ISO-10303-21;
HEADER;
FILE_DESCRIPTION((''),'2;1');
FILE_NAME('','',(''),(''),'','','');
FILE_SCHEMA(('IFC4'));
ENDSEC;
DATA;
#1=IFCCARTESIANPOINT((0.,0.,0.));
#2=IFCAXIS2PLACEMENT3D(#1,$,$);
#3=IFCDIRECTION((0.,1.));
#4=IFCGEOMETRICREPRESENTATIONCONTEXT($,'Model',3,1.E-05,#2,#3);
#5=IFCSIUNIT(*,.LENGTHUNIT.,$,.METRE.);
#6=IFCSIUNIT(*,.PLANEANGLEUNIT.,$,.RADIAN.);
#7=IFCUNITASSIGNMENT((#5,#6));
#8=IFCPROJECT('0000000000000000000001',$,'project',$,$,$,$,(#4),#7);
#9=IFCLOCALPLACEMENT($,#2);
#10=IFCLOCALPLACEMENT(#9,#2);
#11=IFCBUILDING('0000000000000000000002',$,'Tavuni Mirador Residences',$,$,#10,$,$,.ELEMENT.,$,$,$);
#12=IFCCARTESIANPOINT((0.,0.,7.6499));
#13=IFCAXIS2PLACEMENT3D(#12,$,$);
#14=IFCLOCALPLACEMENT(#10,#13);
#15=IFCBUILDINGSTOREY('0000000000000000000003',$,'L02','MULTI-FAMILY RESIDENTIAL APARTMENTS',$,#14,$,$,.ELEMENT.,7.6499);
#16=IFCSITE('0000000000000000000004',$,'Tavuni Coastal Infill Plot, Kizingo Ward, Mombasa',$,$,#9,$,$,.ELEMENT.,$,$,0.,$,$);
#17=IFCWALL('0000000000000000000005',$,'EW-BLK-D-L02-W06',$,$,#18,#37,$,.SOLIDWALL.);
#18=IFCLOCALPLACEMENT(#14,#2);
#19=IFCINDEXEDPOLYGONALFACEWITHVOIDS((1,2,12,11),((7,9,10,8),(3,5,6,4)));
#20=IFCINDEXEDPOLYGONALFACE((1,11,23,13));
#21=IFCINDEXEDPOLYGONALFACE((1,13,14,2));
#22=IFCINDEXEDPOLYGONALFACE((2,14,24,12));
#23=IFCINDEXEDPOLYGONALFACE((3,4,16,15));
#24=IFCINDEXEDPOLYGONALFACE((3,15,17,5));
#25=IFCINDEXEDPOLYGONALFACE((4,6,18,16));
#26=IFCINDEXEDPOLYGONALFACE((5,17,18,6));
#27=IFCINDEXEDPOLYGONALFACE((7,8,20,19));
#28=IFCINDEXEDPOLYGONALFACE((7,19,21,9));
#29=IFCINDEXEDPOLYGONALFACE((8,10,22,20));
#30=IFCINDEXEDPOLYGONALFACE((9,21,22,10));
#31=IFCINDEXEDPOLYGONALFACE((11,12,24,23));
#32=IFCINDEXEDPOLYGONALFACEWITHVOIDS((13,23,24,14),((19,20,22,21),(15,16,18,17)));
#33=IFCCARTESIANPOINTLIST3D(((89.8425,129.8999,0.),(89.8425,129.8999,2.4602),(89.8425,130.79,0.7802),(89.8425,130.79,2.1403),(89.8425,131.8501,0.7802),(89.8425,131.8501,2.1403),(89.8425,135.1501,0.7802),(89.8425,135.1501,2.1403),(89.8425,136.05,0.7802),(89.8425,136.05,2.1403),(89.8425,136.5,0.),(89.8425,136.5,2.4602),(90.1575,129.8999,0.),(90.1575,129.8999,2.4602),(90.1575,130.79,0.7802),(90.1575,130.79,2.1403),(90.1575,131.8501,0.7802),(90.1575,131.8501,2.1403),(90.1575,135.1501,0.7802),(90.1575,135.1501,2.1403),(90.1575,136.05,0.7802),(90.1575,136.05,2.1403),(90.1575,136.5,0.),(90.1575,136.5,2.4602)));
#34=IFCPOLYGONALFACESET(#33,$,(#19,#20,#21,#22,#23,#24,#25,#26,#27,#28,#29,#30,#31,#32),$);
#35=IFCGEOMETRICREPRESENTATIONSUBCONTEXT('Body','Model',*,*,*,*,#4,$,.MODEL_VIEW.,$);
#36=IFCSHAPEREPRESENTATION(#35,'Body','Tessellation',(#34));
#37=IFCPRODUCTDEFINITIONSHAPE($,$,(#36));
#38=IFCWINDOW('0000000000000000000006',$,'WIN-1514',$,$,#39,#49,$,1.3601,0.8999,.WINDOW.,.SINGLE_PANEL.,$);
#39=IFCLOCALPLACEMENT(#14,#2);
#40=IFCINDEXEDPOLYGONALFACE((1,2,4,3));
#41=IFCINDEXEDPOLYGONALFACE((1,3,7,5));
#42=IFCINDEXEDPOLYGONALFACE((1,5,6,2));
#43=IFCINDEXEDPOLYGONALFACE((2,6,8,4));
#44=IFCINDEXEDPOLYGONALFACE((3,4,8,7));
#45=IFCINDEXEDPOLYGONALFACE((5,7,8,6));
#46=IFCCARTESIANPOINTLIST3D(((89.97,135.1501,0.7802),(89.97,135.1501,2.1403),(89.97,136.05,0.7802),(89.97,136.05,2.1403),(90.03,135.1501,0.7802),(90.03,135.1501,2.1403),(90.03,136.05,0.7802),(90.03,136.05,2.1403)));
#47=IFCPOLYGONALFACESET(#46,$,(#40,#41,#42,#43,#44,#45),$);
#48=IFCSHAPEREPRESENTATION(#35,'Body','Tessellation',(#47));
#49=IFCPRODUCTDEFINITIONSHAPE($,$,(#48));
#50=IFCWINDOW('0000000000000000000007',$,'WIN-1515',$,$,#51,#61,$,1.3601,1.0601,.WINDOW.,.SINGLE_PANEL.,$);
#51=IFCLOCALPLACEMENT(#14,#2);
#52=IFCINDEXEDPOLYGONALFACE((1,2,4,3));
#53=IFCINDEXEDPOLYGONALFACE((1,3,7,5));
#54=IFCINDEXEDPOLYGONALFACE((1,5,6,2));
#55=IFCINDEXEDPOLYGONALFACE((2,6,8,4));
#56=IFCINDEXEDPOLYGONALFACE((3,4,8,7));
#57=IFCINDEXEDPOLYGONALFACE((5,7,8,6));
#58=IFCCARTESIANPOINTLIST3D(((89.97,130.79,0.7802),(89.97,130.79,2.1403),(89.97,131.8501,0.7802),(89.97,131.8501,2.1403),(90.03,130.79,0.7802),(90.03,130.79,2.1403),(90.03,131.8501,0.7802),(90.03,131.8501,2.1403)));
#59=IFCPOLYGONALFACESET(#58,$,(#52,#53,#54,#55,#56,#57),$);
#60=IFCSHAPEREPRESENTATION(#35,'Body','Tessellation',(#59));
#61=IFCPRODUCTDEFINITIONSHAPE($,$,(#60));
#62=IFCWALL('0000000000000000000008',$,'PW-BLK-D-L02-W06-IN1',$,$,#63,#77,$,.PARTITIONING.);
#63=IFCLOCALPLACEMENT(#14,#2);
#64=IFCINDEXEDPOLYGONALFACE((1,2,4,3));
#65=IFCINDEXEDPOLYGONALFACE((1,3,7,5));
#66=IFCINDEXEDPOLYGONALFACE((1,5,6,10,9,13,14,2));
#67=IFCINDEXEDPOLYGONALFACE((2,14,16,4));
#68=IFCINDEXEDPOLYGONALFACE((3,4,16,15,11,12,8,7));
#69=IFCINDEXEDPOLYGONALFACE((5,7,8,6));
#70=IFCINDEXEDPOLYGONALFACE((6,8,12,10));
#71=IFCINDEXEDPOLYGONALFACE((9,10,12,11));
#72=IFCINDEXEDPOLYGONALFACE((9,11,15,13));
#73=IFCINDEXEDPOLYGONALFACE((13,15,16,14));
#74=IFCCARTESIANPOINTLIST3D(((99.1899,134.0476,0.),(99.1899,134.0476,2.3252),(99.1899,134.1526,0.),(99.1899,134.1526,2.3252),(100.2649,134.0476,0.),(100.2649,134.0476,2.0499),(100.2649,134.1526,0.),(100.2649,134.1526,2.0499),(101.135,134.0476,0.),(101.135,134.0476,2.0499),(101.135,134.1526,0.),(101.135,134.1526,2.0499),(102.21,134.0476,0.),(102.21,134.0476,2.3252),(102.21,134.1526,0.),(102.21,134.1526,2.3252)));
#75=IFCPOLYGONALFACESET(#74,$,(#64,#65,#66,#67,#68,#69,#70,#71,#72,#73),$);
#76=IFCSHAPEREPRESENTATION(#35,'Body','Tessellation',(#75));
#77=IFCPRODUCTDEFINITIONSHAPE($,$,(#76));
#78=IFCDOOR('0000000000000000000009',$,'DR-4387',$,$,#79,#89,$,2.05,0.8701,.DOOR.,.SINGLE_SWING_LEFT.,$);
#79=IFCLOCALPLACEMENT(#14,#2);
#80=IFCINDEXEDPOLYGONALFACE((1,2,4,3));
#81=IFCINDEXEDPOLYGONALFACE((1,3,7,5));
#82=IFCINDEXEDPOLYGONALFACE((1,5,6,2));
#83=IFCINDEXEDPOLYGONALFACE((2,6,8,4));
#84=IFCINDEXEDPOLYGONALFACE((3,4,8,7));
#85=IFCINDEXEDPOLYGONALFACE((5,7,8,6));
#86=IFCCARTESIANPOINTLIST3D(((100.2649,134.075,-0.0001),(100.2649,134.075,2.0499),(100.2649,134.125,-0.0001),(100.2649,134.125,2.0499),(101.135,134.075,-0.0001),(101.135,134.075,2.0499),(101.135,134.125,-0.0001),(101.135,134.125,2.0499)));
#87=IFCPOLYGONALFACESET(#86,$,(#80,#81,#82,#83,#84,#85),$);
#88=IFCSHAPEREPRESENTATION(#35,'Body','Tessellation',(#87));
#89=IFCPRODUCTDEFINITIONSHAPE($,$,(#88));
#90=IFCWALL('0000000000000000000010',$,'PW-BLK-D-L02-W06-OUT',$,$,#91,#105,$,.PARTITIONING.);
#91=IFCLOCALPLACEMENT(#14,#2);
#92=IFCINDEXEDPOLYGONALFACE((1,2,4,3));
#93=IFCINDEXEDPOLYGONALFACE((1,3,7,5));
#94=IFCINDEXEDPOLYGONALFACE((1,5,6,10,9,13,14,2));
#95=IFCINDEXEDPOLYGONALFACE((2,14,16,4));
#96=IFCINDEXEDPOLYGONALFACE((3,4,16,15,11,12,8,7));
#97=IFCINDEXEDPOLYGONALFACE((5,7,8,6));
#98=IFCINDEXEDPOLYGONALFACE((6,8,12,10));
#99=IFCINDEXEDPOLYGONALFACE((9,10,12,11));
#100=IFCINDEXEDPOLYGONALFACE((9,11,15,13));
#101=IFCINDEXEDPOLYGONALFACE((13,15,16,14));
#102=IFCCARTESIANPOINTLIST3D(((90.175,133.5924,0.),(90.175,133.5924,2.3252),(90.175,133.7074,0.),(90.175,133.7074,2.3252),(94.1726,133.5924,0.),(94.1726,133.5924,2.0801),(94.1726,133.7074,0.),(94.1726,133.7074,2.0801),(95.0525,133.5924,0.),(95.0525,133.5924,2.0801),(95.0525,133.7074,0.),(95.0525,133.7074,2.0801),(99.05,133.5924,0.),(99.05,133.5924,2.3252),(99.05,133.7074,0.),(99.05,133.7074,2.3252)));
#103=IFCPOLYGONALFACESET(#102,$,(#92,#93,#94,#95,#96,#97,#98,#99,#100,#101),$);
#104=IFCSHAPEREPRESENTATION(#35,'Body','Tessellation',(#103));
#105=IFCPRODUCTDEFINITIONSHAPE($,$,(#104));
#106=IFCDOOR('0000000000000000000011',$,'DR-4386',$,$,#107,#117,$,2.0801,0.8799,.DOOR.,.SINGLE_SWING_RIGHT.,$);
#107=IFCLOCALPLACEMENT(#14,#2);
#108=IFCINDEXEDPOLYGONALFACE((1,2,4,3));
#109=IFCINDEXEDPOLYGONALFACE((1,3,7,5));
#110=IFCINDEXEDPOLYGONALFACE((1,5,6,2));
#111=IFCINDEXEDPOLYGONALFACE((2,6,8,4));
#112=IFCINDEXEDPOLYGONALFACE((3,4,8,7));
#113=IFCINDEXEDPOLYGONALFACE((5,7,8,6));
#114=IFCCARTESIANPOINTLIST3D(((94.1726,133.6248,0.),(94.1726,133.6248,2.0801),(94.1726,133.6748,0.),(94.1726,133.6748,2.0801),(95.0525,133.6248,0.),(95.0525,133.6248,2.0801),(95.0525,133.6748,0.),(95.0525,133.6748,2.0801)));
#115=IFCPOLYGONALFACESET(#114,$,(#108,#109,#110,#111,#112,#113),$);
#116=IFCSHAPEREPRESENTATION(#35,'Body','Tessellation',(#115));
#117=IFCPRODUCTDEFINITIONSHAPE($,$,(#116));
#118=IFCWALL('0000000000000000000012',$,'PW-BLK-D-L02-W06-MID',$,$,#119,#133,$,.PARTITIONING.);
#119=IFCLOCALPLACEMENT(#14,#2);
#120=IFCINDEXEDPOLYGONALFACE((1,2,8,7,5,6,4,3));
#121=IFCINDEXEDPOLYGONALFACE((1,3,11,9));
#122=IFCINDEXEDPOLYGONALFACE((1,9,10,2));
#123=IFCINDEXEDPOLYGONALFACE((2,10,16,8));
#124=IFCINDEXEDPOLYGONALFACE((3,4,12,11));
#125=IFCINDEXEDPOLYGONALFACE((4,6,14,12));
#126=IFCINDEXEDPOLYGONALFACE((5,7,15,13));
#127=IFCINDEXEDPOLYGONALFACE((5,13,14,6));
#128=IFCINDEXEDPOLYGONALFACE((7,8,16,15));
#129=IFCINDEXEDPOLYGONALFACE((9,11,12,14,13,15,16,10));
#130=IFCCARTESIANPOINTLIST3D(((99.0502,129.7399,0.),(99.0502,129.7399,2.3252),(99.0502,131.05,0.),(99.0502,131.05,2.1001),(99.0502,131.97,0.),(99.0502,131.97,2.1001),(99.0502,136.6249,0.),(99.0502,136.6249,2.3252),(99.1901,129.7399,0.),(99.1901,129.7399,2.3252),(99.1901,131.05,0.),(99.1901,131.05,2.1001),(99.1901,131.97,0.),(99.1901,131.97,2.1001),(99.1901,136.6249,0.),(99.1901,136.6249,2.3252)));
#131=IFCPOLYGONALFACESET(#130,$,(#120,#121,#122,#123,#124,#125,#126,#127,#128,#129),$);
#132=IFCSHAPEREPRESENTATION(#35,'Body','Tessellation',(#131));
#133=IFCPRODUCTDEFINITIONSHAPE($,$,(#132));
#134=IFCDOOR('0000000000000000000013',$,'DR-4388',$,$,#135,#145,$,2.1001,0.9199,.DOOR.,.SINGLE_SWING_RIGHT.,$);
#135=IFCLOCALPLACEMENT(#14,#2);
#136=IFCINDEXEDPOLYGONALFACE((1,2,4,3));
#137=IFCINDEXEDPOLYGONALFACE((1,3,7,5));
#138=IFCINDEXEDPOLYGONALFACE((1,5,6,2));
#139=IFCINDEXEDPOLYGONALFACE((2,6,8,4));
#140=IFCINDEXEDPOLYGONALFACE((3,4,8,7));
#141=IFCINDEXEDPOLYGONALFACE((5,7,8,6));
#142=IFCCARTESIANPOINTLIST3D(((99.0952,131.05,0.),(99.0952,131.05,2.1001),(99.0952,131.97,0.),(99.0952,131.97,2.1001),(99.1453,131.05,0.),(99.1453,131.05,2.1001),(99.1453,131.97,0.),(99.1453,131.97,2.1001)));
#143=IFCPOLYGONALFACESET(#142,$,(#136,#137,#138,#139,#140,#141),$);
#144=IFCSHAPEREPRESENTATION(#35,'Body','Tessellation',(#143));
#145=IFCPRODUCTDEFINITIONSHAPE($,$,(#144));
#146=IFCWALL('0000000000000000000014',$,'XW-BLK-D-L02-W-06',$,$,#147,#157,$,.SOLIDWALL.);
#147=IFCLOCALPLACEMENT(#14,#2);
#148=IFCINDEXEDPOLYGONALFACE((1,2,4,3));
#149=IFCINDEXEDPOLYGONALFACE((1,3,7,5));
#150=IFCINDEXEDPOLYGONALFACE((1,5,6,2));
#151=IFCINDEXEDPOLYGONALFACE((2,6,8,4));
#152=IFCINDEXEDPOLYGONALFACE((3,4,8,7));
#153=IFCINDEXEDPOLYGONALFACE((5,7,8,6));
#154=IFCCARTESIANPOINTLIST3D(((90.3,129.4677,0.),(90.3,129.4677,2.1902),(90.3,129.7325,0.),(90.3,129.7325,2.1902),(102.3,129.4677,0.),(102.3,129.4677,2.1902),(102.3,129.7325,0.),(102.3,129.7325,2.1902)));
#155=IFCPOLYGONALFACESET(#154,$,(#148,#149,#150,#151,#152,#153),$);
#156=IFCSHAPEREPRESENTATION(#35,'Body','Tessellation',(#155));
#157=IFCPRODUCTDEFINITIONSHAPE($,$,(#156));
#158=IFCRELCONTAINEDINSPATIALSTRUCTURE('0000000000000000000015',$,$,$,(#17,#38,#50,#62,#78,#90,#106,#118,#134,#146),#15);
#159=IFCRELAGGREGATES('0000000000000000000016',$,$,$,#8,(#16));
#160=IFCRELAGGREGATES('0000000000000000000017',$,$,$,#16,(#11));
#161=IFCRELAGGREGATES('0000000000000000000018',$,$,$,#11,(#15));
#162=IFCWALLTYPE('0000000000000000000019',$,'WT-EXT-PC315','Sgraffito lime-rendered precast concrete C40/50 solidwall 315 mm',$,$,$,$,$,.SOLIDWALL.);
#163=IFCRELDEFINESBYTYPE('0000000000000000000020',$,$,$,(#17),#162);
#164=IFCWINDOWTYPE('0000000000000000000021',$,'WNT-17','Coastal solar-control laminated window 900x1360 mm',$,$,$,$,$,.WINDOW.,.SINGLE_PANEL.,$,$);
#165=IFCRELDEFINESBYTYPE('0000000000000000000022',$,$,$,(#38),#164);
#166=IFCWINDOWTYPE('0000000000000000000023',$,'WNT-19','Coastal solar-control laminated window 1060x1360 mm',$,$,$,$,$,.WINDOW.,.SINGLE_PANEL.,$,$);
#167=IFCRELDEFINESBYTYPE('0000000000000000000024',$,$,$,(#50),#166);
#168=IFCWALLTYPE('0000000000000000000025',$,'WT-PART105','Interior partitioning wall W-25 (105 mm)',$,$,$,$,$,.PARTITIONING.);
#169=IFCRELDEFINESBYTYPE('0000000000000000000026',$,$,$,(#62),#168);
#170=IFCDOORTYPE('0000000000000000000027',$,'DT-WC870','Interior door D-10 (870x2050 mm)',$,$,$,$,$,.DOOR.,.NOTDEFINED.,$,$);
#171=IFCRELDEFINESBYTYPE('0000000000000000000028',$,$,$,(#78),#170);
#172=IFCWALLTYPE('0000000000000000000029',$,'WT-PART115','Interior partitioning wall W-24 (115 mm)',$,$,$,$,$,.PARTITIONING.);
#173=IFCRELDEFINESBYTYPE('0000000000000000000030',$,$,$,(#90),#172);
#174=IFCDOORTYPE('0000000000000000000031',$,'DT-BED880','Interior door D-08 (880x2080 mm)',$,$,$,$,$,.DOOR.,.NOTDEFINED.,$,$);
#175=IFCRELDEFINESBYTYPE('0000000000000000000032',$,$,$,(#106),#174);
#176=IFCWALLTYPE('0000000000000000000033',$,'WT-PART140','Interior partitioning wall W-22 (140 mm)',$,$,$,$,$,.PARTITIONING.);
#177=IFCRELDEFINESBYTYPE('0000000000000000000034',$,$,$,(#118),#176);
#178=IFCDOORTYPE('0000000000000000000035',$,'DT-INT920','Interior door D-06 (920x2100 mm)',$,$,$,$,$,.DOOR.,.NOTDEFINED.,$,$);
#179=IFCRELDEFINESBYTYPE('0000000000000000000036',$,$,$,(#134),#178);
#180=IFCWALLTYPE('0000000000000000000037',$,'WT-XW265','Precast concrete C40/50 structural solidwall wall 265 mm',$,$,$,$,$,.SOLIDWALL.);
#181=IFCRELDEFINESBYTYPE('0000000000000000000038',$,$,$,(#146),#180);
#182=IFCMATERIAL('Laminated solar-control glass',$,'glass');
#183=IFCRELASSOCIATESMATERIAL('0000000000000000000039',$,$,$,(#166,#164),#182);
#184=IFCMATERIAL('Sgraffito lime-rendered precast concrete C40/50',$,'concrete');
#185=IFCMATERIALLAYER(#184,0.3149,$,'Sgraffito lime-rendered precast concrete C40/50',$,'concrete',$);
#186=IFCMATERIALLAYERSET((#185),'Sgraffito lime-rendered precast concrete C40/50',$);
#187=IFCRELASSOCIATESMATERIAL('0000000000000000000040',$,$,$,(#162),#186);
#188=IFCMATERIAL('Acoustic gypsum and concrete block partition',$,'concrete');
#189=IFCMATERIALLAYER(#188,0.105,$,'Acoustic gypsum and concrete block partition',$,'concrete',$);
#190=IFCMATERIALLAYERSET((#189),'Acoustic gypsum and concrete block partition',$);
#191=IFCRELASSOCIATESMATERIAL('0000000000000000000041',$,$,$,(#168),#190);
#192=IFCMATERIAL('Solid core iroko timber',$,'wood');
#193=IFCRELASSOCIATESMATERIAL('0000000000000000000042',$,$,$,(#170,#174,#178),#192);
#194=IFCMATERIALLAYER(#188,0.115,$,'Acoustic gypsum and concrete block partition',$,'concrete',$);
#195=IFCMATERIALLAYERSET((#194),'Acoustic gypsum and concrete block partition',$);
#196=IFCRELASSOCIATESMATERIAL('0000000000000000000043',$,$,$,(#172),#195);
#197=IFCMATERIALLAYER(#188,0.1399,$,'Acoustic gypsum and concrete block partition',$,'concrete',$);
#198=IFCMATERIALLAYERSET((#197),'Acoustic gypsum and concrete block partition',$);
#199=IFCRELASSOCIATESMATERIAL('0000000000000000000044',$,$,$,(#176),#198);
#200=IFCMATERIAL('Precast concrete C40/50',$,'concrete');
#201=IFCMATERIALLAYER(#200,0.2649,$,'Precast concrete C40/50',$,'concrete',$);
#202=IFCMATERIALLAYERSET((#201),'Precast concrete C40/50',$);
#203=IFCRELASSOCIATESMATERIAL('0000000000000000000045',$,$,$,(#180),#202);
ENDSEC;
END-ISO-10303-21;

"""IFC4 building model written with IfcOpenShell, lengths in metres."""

from ifc_helpers import new_model, si_unit, direction, frame, frame_2d, origin, place, context, subcontext, project, spatial, rectangle, extrude, material, layer, layer_set, type_object, element, fill, save


model = new_model("IFC4")

# Units and contexts
model_context = context("Model", 3, precision=1e-05, world=origin(), true_north=direction((0.0, 1.0)))
body_context = subcontext(model_context, "Body", "Model", "MODEL_VIEW")
ifc_project = project(units=[si_unit("LENGTHUNIT", "METRE"), si_unit("PLANEANGLEUNIT", "RADIAN")], contexts=[model_context])

# Site, building, storey
site_placement = place(None, origin())
site = spatial("IfcSite", under=ifc_project, at=site_placement, Name="Tavuni Coastal Infill Plot, Kizingo Ward, Mombasa", CompositionType="ELEMENT", RefElevation=0.0)
building_placement = place(site_placement, origin())
building = spatial("IfcBuilding", under=site, at=building_placement, Name="Tavuni Mirador Residences", CompositionType="ELEMENT")
storey_placement = place(building_placement, frame((0.0, 0.0, 7.6499)))
storey = spatial("IfcBuildingStorey", under=building, at=storey_placement, Name="L02", Description="MULTI-FAMILY RESIDENTIAL APARTMENTS", CompositionType="ELEMENT", Elevation=7.6499)

# Shared definitions
ifc_material_1 = material(Name="Precast concrete C40/50", Category="concrete")

# Wall, openings, windows
ifc_material_2 = material(Name="Laminated solar-control glass", Category="glass")
window_type_1 = type_object("IfcWindowType", Name="WNT-19", Description="Coastal solar-control laminated window 1060x1360 mm", PartitioningType="SINGLE_PANEL", PredefinedType="WINDOW", material=ifc_material_2)
ifc_material_3 = material(Name="Sgraffito lime-rendered precast concrete C40/50", Category="concrete")
ifc_layer_1 = layer(ifc_material_3, 0.3149, Name="Sgraffito lime-rendered precast concrete C40/50", Category="concrete")
ifc_layer_set_1 = layer_set([ifc_layer_1], Name="Sgraffito lime-rendered precast concrete C40/50")
wall_type_1 = type_object("IfcWallType", Name="WT-EXT-PC315", Description="Sgraffito lime-rendered precast concrete C40/50 solidwall 315 mm", PredefinedType="SOLIDWALL", material=ifc_layer_set_1)
wall_1_placement = place(storey_placement, frame((90.0, 136.5, 0.0), z_axis=(0.0, 0.0, 1.0), x_axis=(0.0, -1.0, 0.0)))
wall_1 = element("IfcWall", 1, at=wall_1_placement, inside=storey, type_object=wall_type_1, Name="EW-BLK-D-L02-W06", PredefinedType="SOLIDWALL", context=body_context, shape_type="SweptSolid", body=[
    extrude(rectangle(XDim=6.6001, YDim=0.3149, at=frame_2d((3.3, 0.0))), origin(), (0.0, 0.0, 1.0), 2.4602),
])
opening_1_placement = place(wall_1_placement, frame((0.45, 0.0, 0.78)))
opening_1 = element("IfcOpeningElement", 2, at=opening_1_placement, cuts=wall_1, PredefinedType="OPENING", context=body_context, shape_type="SweptSolid", body=[
    extrude(rectangle(XDim=0.8999, YDim=1.3601, at=frame_2d((0.45, 0.6802))), frame((0.0, 0.1675, 0.0), z_axis=(0.0, -1.0, 0.0), x_axis=(1.0, 0.0, 0.0)), (0.0, 0.0, 1.0), 0.335),
])
opening_2_placement = place(wall_1_placement, frame((4.6499, 0.0, 0.78)))
opening_2 = element("IfcOpeningElement", 3, at=opening_2_placement, cuts=wall_1, PredefinedType="OPENING", context=body_context, shape_type="SweptSolid", body=[
    extrude(rectangle(XDim=1.0601, YDim=1.3601, at=frame_2d((0.53, 0.6802))), frame((0.0, 0.1675, 0.0), z_axis=(0.0, -1.0, 0.0), x_axis=(1.0, 0.0, 0.0)), (0.0, 0.0, 1.0), 0.335),
])
window_type_2 = type_object("IfcWindowType", Name="WNT-17", Description="Coastal solar-control laminated window 900x1360 mm", PartitioningType="SINGLE_PANEL", PredefinedType="WINDOW", material=ifc_material_2)
window_1_placement = place(opening_1_placement, origin())
window_1 = element("IfcWindow", 4, at=window_1_placement, inside=storey, type_object=window_type_2, Name="WIN-1514", OverallHeight=1.3601, OverallWidth=0.8999, PartitioningType="SINGLE_PANEL", PredefinedType="WINDOW", context=body_context, shape_type="SweptSolid", body=[
    extrude(rectangle(XDim=0.8999, YDim=1.3601, at=frame_2d((0.45, 0.6802))), frame((0.0, 0.03, 0.0), z_axis=(0.0, -1.0, 0.0), x_axis=(1.0, 0.0, 0.0)), (0.0, 0.0, 1.0), 0.0601),
])
fill(opening_1, window_1)
window_2_placement = place(opening_2_placement, origin())
window_2 = element("IfcWindow", 5, at=window_2_placement, inside=storey, type_object=window_type_1, Name="WIN-1515", OverallHeight=1.3601, OverallWidth=1.0601, PartitioningType="SINGLE_PANEL", PredefinedType="WINDOW", context=body_context, shape_type="SweptSolid", body=[
    extrude(rectangle(XDim=1.0601, YDim=1.3601, at=frame_2d((0.53, 0.6802))), frame((0.0, 0.03, 0.0), z_axis=(0.0, -1.0, 0.0), x_axis=(1.0, 0.0, 0.0)), (0.0, 0.0, 1.0), 0.0601),
])
fill(opening_2, window_2)

# Walls, openings, doors
ifc_material_4 = material(Name="Acoustic gypsum and concrete block partition", Category="concrete")
ifc_layer_2 = layer(ifc_material_4, 0.105, Name="Acoustic gypsum and concrete block partition", Category="concrete")
ifc_layer_set_2 = layer_set([ifc_layer_2], Name="Acoustic gypsum and concrete block partition")
wall_type_2 = type_object("IfcWallType", Name="WT-PART105", Description="Interior partitioning wall W-25 (105 mm)", PredefinedType="PARTITIONING", material=ifc_layer_set_2)
wall_2_placement = place(storey_placement, frame((99.1899, 134.1001, 0.0), z_axis=(0.0, 0.0, 1.0), x_axis=(1.0, 0.0, 0.0)))
wall_2 = element("IfcWall", 6, at=wall_2_placement, inside=storey, type_object=wall_type_2, Name="PW-BLK-D-L02-W06-IN1", PredefinedType="PARTITIONING", context=body_context, shape_type="SweptSolid", body=[
    extrude(rectangle(XDim=3.02, YDim=0.105, at=frame_2d((1.51, 0.0))), origin(), (0.0, 0.0, 1.0), 2.3252),
])
opening_3_placement = place(wall_2_placement, frame((1.075, 0.0, 0.0)))
opening_3 = element("IfcOpeningElement", 7, at=opening_3_placement, cuts=wall_2, PredefinedType="OPENING", context=body_context, shape_type="SweptSolid", body=[
    extrude(rectangle(XDim=0.8701, YDim=2.05, at=frame_2d((0.4351, 1.0249))), frame((0.0, 0.0625, 0.0), z_axis=(0.0, -1.0, 0.0), x_axis=(1.0, 0.0, 0.0)), (0.0, 0.0, 1.0), 0.125),
])
ifc_material_5 = material(Name="Solid core iroko timber", Category="wood")
door_type_1 = type_object("IfcDoorType", Name="DT-WC870", Description="Interior door D-10 (870x2050 mm)", OperationType="NOTDEFINED", PredefinedType="DOOR", material=ifc_material_5)
door_1_placement = place(opening_3_placement, origin())
door_1 = element("IfcDoor", 8, at=door_1_placement, inside=storey, type_object=door_type_1, Name="DR-4387", OperationType="SINGLE_SWING_LEFT", OverallHeight=2.05, OverallWidth=0.8701, PredefinedType="DOOR", context=body_context, shape_type="SweptSolid", body=[
    extrude(rectangle(XDim=0.8701, YDim=2.05, at=frame_2d((0.4351, 1.0249))), frame((0.0, 0.0249, 0.0), z_axis=(0.0, -1.0, 0.0), x_axis=(1.0, 0.0, 0.0)), (0.0, 0.0, 1.0), 0.05),
])
fill(opening_3, door_1)
ifc_layer_3 = layer(ifc_material_4, 0.115, Name="Acoustic gypsum and concrete block partition", Category="concrete")
ifc_layer_set_3 = layer_set([ifc_layer_3], Name="Acoustic gypsum and concrete block partition")
wall_type_3 = type_object("IfcWallType", Name="WT-PART115", Description="Interior partitioning wall W-24 (115 mm)", PredefinedType="PARTITIONING", material=ifc_layer_set_3)
wall_3_placement = place(storey_placement, frame((90.175, 133.6499, 0.0), z_axis=(0.0, 0.0, 1.0), x_axis=(1.0, 0.0, 0.0)))
wall_3 = element("IfcWall", 9, at=wall_3_placement, inside=storey, type_object=wall_type_3, Name="PW-BLK-D-L02-W06-OUT", PredefinedType="PARTITIONING", context=body_context, shape_type="SweptSolid", body=[
    extrude(rectangle(XDim=8.875, YDim=0.115, at=frame_2d((4.4375, 0.0))), origin(), (0.0, 0.0, 1.0), 2.3252),
])
opening_4_placement = place(wall_3_placement, frame((3.9976, 0.0, 0.0)))
opening_4 = element("IfcOpeningElement", 10, at=opening_4_placement, cuts=wall_3, PredefinedType="OPENING", context=body_context, shape_type="SweptSolid", body=[
    extrude(rectangle(XDim=0.8799, YDim=2.0801, at=frame_2d((0.4399, 1.04))), frame((0.0, 0.0674, 0.0), z_axis=(0.0, -1.0, 0.0), x_axis=(1.0, 0.0, 0.0)), (0.0, 0.0, 1.0), 0.135),
])
door_type_2 = type_object("IfcDoorType", Name="DT-BED880", Description="Interior door D-08 (880x2080 mm)", OperationType="NOTDEFINED", PredefinedType="DOOR", material=ifc_material_5)
door_2_placement = place(opening_4_placement, origin())
door_2 = element("IfcDoor", 11, at=door_2_placement, inside=storey, type_object=door_type_2, Name="DR-4386", OperationType="SINGLE_SWING_RIGHT", OverallHeight=2.0801, OverallWidth=0.8799, PredefinedType="DOOR", context=body_context, shape_type="SweptSolid", body=[
    extrude(rectangle(XDim=0.8799, YDim=2.0801, at=frame_2d((0.4399, 1.04))), frame((0.0, 0.0249, 0.0), z_axis=(0.0, -1.0, 0.0), x_axis=(1.0, 0.0, 0.0)), (0.0, 0.0, 1.0), 0.05),
])
fill(opening_4, door_2)
ifc_layer_4 = layer(ifc_material_4, 0.1399, Name="Acoustic gypsum and concrete block partition", Category="concrete")
ifc_layer_set_4 = layer_set([ifc_layer_4], Name="Acoustic gypsum and concrete block partition")
wall_type_4 = type_object("IfcWallType", Name="WT-PART140", Description="Interior partitioning wall W-22 (140 mm)", PredefinedType="PARTITIONING", material=ifc_layer_set_4)
wall_4_placement = place(storey_placement, frame((99.1201, 129.74, 0.0), z_axis=(0.0, 0.0, 1.0), x_axis=(0.0, 1.0, 0.0)))
wall_4 = element("IfcWall", 12, at=wall_4_placement, inside=storey, type_object=wall_type_4, Name="PW-BLK-D-L02-W06-MID", PredefinedType="PARTITIONING", context=body_context, shape_type="SweptSolid", body=[
    extrude(rectangle(XDim=6.885, YDim=0.1399, at=frame_2d((3.4424, 0.0))), origin(), (0.0, 0.0, 1.0), 2.3252),
])
opening_5_placement = place(wall_4_placement, frame((1.3101, 0.0, 0.0)))
opening_5 = element("IfcOpeningElement", 13, at=opening_5_placement, cuts=wall_4, PredefinedType="OPENING", context=body_context, shape_type="SweptSolid", body=[
    extrude(rectangle(XDim=0.9199, YDim=2.1001, at=frame_2d((0.46, 1.05))), frame((0.0, 0.0801, 0.0), z_axis=(0.0, -1.0, 0.0), x_axis=(1.0, 0.0, 0.0)), (0.0, 0.0, 1.0), 0.1599),
])
door_type_3 = type_object("IfcDoorType", Name="DT-INT920", Description="Interior door D-06 (920x2100 mm)", OperationType="NOTDEFINED", PredefinedType="DOOR", material=ifc_material_5)
door_3_placement = place(opening_5_placement, origin())
door_3 = element("IfcDoor", 14, at=door_3_placement, inside=storey, type_object=door_type_3, Name="DR-4388", OperationType="SINGLE_SWING_RIGHT", OverallHeight=2.1001, OverallWidth=0.9199, PredefinedType="DOOR", context=body_context, shape_type="SweptSolid", body=[
    extrude(rectangle(XDim=0.9199, YDim=2.1001, at=frame_2d((0.46, 1.05))), frame((0.0, 0.0249, 0.0), z_axis=(0.0, -1.0, 0.0), x_axis=(1.0, 0.0, 0.0)), (0.0, 0.0, 1.0), 0.05),
])
fill(opening_5, door_3)

# Wall
ifc_layer_5 = layer(ifc_material_1, 0.2649, Name="Precast concrete C40/50", Category="concrete")
ifc_layer_set_5 = layer_set([ifc_layer_5], Name="Precast concrete C40/50")
wall_type_5 = type_object("IfcWallType", Name="WT-XW265", Description="Precast concrete C40/50 structural solidwall wall 265 mm", PredefinedType="SOLIDWALL", material=ifc_layer_set_5)
wall_5_placement = place(storey_placement, frame((90.3, 129.6001, 0.0), z_axis=(0.0, 0.0, 1.0), x_axis=(1.0, 0.0, 0.0)))
element("IfcWall", 15, at=wall_5_placement, inside=storey, type_object=wall_type_5, Name="XW-BLK-D-L02-W-06", PredefinedType="SOLIDWALL", context=body_context, shape_type="SweptSolid", body=[
    extrude(rectangle(XDim=12.0, YDim=0.2649, at=frame_2d((6.0, 0.0))), origin(), (0.0, 0.0, 1.0), 2.1902),
])

save(model, "model.ifc")
